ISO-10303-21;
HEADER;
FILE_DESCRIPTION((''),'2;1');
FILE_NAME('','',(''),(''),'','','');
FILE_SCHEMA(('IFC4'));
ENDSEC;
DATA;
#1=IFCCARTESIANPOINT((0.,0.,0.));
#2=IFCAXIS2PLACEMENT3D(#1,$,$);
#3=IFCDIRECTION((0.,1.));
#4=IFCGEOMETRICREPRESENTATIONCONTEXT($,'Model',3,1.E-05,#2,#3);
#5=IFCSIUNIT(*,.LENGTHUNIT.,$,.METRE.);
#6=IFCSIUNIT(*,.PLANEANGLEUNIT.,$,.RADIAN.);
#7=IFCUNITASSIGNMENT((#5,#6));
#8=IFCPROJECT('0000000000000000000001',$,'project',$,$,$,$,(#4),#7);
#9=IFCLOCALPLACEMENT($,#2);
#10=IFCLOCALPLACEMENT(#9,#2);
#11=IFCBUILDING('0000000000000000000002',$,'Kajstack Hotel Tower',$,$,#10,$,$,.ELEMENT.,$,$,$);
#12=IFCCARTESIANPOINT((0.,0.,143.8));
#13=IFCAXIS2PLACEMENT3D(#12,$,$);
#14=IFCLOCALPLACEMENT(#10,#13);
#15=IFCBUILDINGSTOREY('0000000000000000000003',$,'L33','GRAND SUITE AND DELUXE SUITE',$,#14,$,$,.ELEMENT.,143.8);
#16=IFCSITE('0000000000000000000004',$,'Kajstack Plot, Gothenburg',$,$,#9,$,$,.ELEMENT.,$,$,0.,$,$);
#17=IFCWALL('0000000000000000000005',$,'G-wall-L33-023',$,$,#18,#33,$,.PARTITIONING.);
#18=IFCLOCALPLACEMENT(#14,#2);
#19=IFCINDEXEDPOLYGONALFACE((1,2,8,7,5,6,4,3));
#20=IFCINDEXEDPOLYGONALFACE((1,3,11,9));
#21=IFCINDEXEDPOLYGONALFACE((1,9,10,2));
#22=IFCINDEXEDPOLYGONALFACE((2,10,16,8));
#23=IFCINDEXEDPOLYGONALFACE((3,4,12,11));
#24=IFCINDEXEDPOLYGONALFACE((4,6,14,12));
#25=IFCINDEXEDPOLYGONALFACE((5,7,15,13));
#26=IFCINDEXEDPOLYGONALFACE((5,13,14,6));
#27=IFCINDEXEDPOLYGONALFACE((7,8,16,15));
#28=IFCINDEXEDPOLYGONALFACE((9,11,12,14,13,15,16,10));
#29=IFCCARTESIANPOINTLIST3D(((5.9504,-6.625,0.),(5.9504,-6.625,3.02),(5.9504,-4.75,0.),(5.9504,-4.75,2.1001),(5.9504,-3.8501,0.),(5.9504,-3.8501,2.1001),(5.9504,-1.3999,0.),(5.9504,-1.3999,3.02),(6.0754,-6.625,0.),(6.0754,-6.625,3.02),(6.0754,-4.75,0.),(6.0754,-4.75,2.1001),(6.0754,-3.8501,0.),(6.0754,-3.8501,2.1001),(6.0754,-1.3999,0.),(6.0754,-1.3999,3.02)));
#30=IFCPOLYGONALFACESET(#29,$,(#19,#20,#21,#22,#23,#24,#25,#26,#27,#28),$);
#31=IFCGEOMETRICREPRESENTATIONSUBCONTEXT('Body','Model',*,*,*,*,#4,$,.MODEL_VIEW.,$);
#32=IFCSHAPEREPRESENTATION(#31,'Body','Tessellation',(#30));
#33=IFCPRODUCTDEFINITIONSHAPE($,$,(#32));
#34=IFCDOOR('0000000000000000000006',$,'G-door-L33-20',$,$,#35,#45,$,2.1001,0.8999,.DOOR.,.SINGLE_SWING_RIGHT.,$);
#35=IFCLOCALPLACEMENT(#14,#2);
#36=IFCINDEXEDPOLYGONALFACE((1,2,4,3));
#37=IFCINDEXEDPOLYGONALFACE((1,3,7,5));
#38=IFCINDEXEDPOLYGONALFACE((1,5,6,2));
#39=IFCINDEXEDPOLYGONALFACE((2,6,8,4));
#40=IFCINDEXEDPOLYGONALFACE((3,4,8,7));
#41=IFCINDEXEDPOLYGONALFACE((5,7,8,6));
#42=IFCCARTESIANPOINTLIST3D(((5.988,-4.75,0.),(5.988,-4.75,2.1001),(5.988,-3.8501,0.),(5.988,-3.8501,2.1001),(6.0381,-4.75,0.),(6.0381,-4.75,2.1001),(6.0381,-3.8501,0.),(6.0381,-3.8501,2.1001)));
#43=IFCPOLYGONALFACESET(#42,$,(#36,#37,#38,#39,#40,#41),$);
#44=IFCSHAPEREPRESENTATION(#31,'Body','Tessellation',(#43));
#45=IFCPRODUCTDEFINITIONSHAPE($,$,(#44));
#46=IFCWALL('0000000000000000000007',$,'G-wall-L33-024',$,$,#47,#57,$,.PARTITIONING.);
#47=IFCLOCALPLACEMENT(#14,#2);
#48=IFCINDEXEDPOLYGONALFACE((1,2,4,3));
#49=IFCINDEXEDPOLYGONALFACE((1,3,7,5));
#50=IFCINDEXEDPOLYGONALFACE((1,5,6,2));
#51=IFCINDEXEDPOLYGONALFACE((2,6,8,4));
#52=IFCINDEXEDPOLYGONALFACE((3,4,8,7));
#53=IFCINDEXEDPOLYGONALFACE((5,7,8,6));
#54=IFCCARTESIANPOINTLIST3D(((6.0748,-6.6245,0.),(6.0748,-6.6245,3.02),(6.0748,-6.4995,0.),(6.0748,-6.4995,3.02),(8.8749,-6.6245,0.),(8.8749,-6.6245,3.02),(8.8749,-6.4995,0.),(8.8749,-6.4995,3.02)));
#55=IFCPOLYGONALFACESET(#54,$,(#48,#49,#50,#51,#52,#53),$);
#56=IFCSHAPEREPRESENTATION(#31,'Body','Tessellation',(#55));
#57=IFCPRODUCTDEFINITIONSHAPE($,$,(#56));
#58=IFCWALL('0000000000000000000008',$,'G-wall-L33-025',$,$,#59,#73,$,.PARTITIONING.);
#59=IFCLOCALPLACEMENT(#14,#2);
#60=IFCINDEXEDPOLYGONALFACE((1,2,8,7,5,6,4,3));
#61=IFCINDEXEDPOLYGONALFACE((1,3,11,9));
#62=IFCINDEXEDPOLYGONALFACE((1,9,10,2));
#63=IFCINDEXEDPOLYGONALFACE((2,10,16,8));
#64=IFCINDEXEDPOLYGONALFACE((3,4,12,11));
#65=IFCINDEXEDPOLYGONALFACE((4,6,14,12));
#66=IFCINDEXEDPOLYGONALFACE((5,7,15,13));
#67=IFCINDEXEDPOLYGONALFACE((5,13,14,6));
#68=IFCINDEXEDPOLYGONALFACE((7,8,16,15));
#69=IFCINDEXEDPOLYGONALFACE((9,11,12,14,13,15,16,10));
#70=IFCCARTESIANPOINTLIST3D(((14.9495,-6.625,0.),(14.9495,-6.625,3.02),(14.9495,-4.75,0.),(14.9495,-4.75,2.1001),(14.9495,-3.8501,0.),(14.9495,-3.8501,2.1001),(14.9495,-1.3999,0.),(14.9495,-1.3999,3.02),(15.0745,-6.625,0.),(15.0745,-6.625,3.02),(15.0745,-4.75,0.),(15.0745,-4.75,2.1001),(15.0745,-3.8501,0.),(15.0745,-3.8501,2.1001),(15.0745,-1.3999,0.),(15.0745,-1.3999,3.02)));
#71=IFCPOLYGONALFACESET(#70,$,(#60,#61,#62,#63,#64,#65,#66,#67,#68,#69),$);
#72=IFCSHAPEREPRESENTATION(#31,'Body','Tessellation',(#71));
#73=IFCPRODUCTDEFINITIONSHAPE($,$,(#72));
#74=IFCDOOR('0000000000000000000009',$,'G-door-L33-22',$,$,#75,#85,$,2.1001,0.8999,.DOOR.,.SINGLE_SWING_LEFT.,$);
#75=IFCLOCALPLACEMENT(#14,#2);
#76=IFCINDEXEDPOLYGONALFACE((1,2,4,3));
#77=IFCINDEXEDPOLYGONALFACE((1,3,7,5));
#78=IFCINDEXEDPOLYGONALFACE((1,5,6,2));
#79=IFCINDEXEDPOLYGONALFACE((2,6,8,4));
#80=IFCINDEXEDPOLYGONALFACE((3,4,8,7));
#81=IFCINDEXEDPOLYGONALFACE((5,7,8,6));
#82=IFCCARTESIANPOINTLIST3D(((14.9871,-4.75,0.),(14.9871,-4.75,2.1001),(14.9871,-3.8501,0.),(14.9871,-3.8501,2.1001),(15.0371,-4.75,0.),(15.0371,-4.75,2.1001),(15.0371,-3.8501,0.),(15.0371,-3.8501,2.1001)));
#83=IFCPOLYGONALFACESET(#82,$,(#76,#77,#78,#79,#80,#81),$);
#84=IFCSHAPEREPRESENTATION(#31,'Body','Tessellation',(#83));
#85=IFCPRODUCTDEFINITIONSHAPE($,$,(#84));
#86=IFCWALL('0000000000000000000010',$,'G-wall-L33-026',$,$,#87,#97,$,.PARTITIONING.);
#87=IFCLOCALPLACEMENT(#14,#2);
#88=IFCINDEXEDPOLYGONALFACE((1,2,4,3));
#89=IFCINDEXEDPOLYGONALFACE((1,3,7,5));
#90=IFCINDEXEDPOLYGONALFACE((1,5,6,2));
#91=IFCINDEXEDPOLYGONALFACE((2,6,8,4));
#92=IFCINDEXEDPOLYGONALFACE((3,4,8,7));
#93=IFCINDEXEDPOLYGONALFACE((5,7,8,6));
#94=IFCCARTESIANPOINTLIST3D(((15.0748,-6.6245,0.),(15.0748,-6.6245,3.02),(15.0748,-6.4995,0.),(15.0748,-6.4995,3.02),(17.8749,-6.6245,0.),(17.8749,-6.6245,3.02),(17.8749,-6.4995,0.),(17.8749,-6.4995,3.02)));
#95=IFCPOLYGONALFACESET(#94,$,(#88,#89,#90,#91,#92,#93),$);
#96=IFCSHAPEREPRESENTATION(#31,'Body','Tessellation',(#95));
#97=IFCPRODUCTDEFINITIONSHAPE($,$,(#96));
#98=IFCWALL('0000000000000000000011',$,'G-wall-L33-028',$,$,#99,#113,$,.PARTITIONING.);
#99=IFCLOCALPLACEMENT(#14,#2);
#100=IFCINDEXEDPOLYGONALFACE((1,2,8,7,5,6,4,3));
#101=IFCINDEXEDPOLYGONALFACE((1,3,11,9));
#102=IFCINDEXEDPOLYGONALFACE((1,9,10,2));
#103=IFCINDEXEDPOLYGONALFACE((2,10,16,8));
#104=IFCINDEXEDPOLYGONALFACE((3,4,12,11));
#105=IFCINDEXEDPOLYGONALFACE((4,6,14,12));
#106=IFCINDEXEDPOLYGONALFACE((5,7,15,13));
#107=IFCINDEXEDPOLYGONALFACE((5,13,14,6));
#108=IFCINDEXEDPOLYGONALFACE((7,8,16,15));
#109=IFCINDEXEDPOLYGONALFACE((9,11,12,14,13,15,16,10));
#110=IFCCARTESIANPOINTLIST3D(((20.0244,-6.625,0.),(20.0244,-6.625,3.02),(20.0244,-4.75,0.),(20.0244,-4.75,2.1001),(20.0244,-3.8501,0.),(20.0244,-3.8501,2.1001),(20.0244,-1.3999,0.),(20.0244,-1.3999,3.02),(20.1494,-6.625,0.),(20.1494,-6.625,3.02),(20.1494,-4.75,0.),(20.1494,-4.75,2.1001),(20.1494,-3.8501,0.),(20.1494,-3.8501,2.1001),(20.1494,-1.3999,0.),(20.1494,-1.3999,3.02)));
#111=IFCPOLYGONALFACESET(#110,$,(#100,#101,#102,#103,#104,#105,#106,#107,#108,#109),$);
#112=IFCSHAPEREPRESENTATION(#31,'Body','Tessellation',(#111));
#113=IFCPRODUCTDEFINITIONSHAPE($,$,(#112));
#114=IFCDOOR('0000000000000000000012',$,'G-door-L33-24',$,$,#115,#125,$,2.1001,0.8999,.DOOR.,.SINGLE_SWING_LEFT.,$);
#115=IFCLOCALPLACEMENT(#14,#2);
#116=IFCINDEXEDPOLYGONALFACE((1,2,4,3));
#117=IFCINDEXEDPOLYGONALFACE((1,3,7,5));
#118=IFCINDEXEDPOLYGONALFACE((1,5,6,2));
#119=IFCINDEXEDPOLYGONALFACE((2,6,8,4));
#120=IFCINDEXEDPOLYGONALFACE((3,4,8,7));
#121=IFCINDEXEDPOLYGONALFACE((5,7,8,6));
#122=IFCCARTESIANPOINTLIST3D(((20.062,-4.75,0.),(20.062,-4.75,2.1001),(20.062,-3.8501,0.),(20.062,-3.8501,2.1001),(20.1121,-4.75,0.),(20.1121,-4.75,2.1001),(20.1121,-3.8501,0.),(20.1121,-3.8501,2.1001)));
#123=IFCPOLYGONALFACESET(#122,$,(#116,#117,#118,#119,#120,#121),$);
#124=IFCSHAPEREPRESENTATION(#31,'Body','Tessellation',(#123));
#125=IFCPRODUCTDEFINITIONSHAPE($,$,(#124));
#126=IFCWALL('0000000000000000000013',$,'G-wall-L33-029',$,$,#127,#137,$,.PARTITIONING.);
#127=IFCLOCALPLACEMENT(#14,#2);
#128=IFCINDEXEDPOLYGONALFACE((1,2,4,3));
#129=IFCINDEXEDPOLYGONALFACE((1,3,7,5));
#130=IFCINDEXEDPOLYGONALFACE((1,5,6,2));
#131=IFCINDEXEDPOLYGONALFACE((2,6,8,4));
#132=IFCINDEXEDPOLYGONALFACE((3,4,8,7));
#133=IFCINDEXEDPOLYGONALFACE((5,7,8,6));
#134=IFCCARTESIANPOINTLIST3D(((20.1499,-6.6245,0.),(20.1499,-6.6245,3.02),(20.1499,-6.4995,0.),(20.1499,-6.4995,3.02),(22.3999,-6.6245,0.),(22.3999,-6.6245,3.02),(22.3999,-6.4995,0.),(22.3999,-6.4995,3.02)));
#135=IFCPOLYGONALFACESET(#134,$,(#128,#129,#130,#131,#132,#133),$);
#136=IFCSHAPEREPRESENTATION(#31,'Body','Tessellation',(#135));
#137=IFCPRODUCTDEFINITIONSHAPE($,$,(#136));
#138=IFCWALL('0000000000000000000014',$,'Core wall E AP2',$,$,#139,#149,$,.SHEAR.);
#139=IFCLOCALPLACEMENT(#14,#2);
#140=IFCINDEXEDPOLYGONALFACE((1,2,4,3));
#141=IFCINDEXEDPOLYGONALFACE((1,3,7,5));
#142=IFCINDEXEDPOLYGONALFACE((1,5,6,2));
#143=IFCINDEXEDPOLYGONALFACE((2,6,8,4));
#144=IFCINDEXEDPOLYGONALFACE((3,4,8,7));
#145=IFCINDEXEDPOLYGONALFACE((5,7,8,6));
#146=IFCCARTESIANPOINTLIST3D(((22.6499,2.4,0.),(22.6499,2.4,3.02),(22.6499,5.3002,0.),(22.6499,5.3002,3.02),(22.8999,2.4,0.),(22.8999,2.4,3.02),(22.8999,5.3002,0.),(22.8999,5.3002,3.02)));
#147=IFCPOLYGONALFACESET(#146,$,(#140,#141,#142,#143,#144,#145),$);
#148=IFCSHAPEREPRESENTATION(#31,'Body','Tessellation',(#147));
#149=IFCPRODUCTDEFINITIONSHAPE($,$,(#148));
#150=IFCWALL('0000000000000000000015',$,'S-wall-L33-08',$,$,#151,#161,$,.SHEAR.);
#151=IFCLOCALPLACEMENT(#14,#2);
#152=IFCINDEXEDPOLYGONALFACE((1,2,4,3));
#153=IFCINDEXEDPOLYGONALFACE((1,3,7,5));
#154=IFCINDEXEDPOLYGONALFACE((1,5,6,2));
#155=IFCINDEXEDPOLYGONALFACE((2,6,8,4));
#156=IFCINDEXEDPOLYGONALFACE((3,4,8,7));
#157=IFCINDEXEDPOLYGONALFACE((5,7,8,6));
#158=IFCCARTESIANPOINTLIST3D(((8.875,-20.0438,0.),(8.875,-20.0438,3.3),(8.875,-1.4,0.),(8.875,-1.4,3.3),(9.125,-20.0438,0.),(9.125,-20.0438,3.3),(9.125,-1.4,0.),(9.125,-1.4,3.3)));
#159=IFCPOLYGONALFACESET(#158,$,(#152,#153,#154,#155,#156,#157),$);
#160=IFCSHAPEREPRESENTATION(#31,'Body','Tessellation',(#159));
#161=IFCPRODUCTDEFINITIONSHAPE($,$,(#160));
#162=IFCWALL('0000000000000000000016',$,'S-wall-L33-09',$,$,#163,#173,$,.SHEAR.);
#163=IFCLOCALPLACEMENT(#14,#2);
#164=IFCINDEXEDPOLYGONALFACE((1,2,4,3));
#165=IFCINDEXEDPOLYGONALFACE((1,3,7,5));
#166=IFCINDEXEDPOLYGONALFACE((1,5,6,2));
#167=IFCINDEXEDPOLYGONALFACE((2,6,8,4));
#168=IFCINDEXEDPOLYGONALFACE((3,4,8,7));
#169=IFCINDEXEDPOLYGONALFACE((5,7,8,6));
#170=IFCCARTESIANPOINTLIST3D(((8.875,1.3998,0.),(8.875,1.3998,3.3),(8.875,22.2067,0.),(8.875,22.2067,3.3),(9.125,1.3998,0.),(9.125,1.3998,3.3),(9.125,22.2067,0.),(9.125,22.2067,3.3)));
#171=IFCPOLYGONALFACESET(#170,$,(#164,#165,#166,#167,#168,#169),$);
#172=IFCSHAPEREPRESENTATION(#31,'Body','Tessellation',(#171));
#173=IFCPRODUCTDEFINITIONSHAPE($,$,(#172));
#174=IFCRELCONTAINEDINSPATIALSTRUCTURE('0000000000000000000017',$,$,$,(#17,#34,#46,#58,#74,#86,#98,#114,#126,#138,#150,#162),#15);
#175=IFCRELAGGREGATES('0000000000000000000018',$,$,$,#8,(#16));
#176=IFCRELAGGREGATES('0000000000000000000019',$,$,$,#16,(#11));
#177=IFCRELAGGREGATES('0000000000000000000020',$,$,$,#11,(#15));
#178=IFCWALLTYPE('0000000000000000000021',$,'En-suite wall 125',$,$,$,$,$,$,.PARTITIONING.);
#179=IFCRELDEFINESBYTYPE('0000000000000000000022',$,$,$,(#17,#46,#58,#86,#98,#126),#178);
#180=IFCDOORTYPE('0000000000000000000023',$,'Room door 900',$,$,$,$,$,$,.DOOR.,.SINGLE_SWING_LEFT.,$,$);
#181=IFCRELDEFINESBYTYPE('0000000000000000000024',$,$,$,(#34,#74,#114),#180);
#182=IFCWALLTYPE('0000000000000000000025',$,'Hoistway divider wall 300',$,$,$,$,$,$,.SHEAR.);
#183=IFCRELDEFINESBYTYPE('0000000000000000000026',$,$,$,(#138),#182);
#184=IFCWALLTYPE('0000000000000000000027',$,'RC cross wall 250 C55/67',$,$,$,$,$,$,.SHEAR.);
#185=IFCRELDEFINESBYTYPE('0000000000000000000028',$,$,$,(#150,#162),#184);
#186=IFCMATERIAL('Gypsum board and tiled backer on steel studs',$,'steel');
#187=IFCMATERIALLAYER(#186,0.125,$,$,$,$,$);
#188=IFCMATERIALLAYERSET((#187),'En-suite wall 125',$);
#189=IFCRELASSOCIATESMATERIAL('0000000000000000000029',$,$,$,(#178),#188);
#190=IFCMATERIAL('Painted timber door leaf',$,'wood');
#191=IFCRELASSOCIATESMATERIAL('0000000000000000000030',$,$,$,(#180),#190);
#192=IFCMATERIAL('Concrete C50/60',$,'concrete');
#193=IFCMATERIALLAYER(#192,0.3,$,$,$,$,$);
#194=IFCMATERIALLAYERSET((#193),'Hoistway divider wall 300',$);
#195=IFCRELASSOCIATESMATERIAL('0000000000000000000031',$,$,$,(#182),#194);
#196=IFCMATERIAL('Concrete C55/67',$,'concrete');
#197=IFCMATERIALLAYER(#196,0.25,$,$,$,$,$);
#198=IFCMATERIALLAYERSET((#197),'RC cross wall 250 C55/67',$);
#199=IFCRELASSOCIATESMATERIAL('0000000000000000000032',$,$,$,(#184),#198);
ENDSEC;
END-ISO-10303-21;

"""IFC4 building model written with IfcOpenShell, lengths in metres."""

from ifc_helpers import new_model, si_unit, direction, frame, frame_2d, origin, place, context, subcontext, project, spatial, rectangle, extrude, material, layer, layer_set, type_object, element, fill, save


model = new_model("IFC4")

# Units and contexts
model_context = context("Model", 3, precision=1e-05, world=origin(), true_north=direction((0.0, 1.0)))
body_context = subcontext(model_context, "Body", "Model", "MODEL_VIEW")
ifc_project = project(units=[si_unit("LENGTHUNIT", "METRE"), si_unit("PLANEANGLEUNIT", "RADIAN")], contexts=[model_context])

# Site, building, storey
site_placement = place(None, origin())
site = spatial("IfcSite", under=ifc_project, at=site_placement, Name="Kajstack Plot, Gothenburg", CompositionType="ELEMENT", RefElevation=0.0)
building_placement = place(site_placement, origin())
building = spatial("IfcBuilding", under=site, at=building_placement, Name="Kajstack Hotel Tower", CompositionType="ELEMENT")
storey_placement = place(building_placement, frame((0.0, 0.0, 143.8)))
storey = spatial("IfcBuildingStorey", under=building, at=storey_placement, Name="L33", Description="GRAND SUITE AND DELUXE SUITE", CompositionType="ELEMENT", Elevation=143.8)

# Wall, opening, door
ifc_material_1 = material(Name="Gypsum board and tiled backer on steel studs", Category="steel")
ifc_layer_1 = layer(ifc_material_1, 0.125)
ifc_layer_set_1 = layer_set([ifc_layer_1], Name="En-suite wall 125")
wall_type_1 = type_object("IfcWallType", Name="En-suite wall 125", PredefinedType="PARTITIONING", material=ifc_layer_set_1)
ifc_material_2 = material(Name="Painted timber door leaf", Category="wood")
door_type_1 = type_object("IfcDoorType", Name="Room door 900", OperationType="SINGLE_SWING_LEFT", PredefinedType="DOOR", material=ifc_material_2)
wall_1_placement = place(storey_placement, frame((6.0129, -6.625, 0.0), z_axis=(0.0, 0.0, 1.0), x_axis=(0.0, 1.0, 0.0)))
wall_1 = element("IfcWall", 1, at=wall_1_placement, inside=storey, type_object=wall_type_1, Name="G-wall-L33-023", PredefinedType="PARTITIONING", context=body_context, shape_type="SweptSolid", body=[
    extrude(rectangle(XDim=5.2251, YDim=0.125, at=frame_2d((2.6125, 0.0))), origin(), (0.0, 0.0, 1.0), 3.02),
])
opening_1_placement = place(wall_1_placement, frame((1.875, 0.0, 0.0)))
opening_1 = element("IfcOpeningElement", 2, at=opening_1_placement, cuts=wall_1, PredefinedType="OPENING", context=body_context, shape_type="SweptSolid", body=[
    extrude(rectangle(XDim=0.8999, YDim=2.1001, at=frame_2d((0.45, 1.05))), frame((0.0, 0.0725, 0.0), z_axis=(0.0, -1.0, 0.0), x_axis=(1.0, 0.0, 0.0)), (0.0, 0.0, 1.0), 0.145),
])
door_1_placement = place(opening_1_placement, origin())
door_1 = element("IfcDoor", 3, at=door_1_placement, inside=storey, type_object=door_type_1, Name="G-door-L33-20", OperationType="SINGLE_SWING_RIGHT", OverallHeight=2.1001, OverallWidth=0.8999, PredefinedType="DOOR", context=body_context, shape_type="SweptSolid", body=[
    extrude(rectangle(XDim=0.8999, YDim=2.1001, at=frame_2d((0.45, 1.05))), frame((0.0, 0.0249, 0.0), z_axis=(0.0, -1.0, 0.0), x_axis=(1.0, 0.0, 0.0)), (0.0, 0.0, 1.0), 0.05),
])
fill(opening_1, door_1)

# Wall
wall_2_placement = place(storey_placement, frame((6.075, -6.562, 0.0), z_axis=(0.0, 0.0, 1.0), x_axis=(1.0, 0.0, 0.0)))
element("IfcWall", 4, at=wall_2_placement, inside=storey, type_object=wall_type_1, Name="G-wall-L33-024", PredefinedType="PARTITIONING", context=body_context, shape_type="SweptSolid", body=[
    extrude(rectangle(XDim=2.8, YDim=0.125, at=frame_2d((1.3999, 0.0))), origin(), (0.0, 0.0, 1.0), 3.02),
])

# Wall, opening, door
wall_3_placement = place(storey_placement, frame((15.012, -6.625, 0.0), z_axis=(0.0, 0.0, 1.0), x_axis=(0.0, 1.0, 0.0)))
wall_3 = element("IfcWall", 5, at=wall_3_placement, inside=storey, type_object=wall_type_1, Name="G-wall-L33-025", PredefinedType="PARTITIONING", context=body_context, shape_type="SweptSolid", body=[
    extrude(rectangle(XDim=5.2251, YDim=0.125, at=frame_2d((2.6125, 0.0))), origin(), (0.0, 0.0, 1.0), 3.02),
])
opening_2_placement = place(wall_3_placement, frame((1.875, 0.0, 0.0)))
opening_2 = element("IfcOpeningElement", 6, at=opening_2_placement, cuts=wall_3, PredefinedType="OPENING", context=body_context, shape_type="SweptSolid", body=[
    extrude(rectangle(XDim=0.8999, YDim=2.1001, at=frame_2d((0.45, 1.05))), frame((0.0, 0.0725, 0.0), z_axis=(0.0, -1.0, 0.0), x_axis=(1.0, 0.0, 0.0)), (0.0, 0.0, 1.0), 0.145),
])
door_2_placement = place(opening_2_placement, origin())
door_2 = element("IfcDoor", 7, at=door_2_placement, inside=storey, type_object=door_type_1, Name="G-door-L33-22", OperationType="SINGLE_SWING_LEFT", OverallHeight=2.1001, OverallWidth=0.8999, PredefinedType="DOOR", context=body_context, shape_type="SweptSolid", body=[
    extrude(rectangle(XDim=0.8999, YDim=2.1001, at=frame_2d((0.45, 1.05))), frame((0.0, 0.0249, 0.0), z_axis=(0.0, -1.0, 0.0), x_axis=(1.0, 0.0, 0.0)), (0.0, 0.0, 1.0), 0.05),
])
fill(opening_2, door_2)

# Wall
wall_4_placement = place(storey_placement, frame((15.075, -6.562, 0.0), z_axis=(0.0, 0.0, 1.0), x_axis=(1.0, 0.0, 0.0)))
element("IfcWall", 8, at=wall_4_placement, inside=storey, type_object=wall_type_1, Name="G-wall-L33-026", PredefinedType="PARTITIONING", context=body_context, shape_type="SweptSolid", body=[
    extrude(rectangle(XDim=2.8, YDim=0.125, at=frame_2d((1.3999, 0.0))), origin(), (0.0, 0.0, 1.0), 3.02),
])

# Wall, opening, door
wall_5_placement = place(storey_placement, frame((20.0869, -6.625, 0.0), z_axis=(0.0, 0.0, 1.0), x_axis=(0.0, 1.0, 0.0)))
wall_5 = element("IfcWall", 9, at=wall_5_placement, inside=storey, type_object=wall_type_1, Name="G-wall-L33-028", PredefinedType="PARTITIONING", context=body_context, shape_type="SweptSolid", body=[
    extrude(rectangle(XDim=5.2251, YDim=0.125, at=frame_2d((2.6125, 0.0))), origin(), (0.0, 0.0, 1.0), 3.02),
])
opening_3_placement = place(wall_5_placement, frame((1.875, 0.0, 0.0)))
opening_3 = element("IfcOpeningElement", 10, at=opening_3_placement, cuts=wall_5, PredefinedType="OPENING", context=body_context, shape_type="SweptSolid", body=[
    extrude(rectangle(XDim=0.8999, YDim=2.1001, at=frame_2d((0.45, 1.05))), frame((0.0, 0.0725, 0.0), z_axis=(0.0, -1.0, 0.0), x_axis=(1.0, 0.0, 0.0)), (0.0, 0.0, 1.0), 0.145),
])
door_3_placement = place(opening_3_placement, origin())
door_3 = element("IfcDoor", 11, at=door_3_placement, inside=storey, type_object=door_type_1, Name="G-door-L33-24", OperationType="SINGLE_SWING_LEFT", OverallHeight=2.1001, OverallWidth=0.8999, PredefinedType="DOOR", context=body_context, shape_type="SweptSolid", body=[
    extrude(rectangle(XDim=0.8999, YDim=2.1001, at=frame_2d((0.45, 1.05))), frame((0.0, 0.0249, 0.0), z_axis=(0.0, -1.0, 0.0), x_axis=(1.0, 0.0, 0.0)), (0.0, 0.0, 1.0), 0.05),
])
fill(opening_3, door_3)

# Walls
wall_6_placement = place(storey_placement, frame((20.1499, -6.562, 0.0), z_axis=(0.0, 0.0, 1.0), x_axis=(1.0, 0.0, 0.0)))
element("IfcWall", 12, at=wall_6_placement, inside=storey, type_object=wall_type_1, Name="G-wall-L33-029", PredefinedType="PARTITIONING", context=body_context, shape_type="SweptSolid", body=[
    extrude(rectangle(XDim=2.25, YDim=0.125, at=frame_2d((1.125, 0.0))), origin(), (0.0, 0.0, 1.0), 3.02),
])
ifc_material_3 = material(Name="Concrete C50/60", Category="concrete")
ifc_layer_2 = layer(ifc_material_3, 0.3)
ifc_layer_set_2 = layer_set([ifc_layer_2], Name="Hoistway divider wall 300")
wall_type_2 = type_object("IfcWallType", Name="Hoistway divider wall 300", PredefinedType="SHEAR", material=ifc_layer_set_2)
wall_7_placement = place(storey_placement, frame((22.7749, 2.3999, 0.0), z_axis=(0.0, 0.0, 1.0), x_axis=(0.0, 1.0, 0.0)))
element("IfcWall", 13, at=wall_7_placement, inside=storey, type_object=wall_type_2, Name="Core wall E AP2", PredefinedType="SHEAR", context=body_context, shape_type="SweptSolid", body=[
    extrude(rectangle(XDim=2.9001, YDim=0.25, at=frame_2d((1.4502, 0.0))), origin(), (0.0, 0.0, 1.0), 3.02),
])
ifc_material_4 = material(Name="Concrete C55/67", Category="concrete")
ifc_layer_3 = layer(ifc_material_4, 0.25)
ifc_layer_set_3 = layer_set([ifc_layer_3], Name="RC cross wall 250 C55/67")
wall_type_3 = type_object("IfcWallType", Name="RC cross wall 250 C55/67", PredefinedType="SHEAR", material=ifc_layer_set_3)
wall_8_placement = place(storey_placement, frame((9.0, -20.0437, 0.0), z_axis=(0.0, 0.0, 1.0), x_axis=(0.0, 1.0, 0.0)))
element("IfcWall", 14, at=wall_8_placement, inside=storey, type_object=wall_type_3, Name="S-wall-L33-08", PredefinedType="SHEAR", context=body_context, shape_type="SweptSolid", body=[
    extrude(rectangle(XDim=18.6438, YDim=0.25, at=frame_2d((9.3218, 0.0))), origin(), (0.0, 0.0, 1.0), 3.3),
])
wall_9_placement = place(storey_placement, frame((9.0, 1.3999, 0.0), z_axis=(0.0, 0.0, 1.0), x_axis=(0.0, 1.0, 0.0)))
element("IfcWall", 15, at=wall_9_placement, inside=storey, type_object=wall_type_3, Name="S-wall-L33-09", PredefinedType="SHEAR", context=body_context, shape_type="SweptSolid", body=[
    extrude(rectangle(XDim=20.8069, YDim=0.25, at=frame_2d((10.4033, 0.0))), origin(), (0.0, 0.0, 1.0), 3.3),
])

save(model, "model.ifc")
